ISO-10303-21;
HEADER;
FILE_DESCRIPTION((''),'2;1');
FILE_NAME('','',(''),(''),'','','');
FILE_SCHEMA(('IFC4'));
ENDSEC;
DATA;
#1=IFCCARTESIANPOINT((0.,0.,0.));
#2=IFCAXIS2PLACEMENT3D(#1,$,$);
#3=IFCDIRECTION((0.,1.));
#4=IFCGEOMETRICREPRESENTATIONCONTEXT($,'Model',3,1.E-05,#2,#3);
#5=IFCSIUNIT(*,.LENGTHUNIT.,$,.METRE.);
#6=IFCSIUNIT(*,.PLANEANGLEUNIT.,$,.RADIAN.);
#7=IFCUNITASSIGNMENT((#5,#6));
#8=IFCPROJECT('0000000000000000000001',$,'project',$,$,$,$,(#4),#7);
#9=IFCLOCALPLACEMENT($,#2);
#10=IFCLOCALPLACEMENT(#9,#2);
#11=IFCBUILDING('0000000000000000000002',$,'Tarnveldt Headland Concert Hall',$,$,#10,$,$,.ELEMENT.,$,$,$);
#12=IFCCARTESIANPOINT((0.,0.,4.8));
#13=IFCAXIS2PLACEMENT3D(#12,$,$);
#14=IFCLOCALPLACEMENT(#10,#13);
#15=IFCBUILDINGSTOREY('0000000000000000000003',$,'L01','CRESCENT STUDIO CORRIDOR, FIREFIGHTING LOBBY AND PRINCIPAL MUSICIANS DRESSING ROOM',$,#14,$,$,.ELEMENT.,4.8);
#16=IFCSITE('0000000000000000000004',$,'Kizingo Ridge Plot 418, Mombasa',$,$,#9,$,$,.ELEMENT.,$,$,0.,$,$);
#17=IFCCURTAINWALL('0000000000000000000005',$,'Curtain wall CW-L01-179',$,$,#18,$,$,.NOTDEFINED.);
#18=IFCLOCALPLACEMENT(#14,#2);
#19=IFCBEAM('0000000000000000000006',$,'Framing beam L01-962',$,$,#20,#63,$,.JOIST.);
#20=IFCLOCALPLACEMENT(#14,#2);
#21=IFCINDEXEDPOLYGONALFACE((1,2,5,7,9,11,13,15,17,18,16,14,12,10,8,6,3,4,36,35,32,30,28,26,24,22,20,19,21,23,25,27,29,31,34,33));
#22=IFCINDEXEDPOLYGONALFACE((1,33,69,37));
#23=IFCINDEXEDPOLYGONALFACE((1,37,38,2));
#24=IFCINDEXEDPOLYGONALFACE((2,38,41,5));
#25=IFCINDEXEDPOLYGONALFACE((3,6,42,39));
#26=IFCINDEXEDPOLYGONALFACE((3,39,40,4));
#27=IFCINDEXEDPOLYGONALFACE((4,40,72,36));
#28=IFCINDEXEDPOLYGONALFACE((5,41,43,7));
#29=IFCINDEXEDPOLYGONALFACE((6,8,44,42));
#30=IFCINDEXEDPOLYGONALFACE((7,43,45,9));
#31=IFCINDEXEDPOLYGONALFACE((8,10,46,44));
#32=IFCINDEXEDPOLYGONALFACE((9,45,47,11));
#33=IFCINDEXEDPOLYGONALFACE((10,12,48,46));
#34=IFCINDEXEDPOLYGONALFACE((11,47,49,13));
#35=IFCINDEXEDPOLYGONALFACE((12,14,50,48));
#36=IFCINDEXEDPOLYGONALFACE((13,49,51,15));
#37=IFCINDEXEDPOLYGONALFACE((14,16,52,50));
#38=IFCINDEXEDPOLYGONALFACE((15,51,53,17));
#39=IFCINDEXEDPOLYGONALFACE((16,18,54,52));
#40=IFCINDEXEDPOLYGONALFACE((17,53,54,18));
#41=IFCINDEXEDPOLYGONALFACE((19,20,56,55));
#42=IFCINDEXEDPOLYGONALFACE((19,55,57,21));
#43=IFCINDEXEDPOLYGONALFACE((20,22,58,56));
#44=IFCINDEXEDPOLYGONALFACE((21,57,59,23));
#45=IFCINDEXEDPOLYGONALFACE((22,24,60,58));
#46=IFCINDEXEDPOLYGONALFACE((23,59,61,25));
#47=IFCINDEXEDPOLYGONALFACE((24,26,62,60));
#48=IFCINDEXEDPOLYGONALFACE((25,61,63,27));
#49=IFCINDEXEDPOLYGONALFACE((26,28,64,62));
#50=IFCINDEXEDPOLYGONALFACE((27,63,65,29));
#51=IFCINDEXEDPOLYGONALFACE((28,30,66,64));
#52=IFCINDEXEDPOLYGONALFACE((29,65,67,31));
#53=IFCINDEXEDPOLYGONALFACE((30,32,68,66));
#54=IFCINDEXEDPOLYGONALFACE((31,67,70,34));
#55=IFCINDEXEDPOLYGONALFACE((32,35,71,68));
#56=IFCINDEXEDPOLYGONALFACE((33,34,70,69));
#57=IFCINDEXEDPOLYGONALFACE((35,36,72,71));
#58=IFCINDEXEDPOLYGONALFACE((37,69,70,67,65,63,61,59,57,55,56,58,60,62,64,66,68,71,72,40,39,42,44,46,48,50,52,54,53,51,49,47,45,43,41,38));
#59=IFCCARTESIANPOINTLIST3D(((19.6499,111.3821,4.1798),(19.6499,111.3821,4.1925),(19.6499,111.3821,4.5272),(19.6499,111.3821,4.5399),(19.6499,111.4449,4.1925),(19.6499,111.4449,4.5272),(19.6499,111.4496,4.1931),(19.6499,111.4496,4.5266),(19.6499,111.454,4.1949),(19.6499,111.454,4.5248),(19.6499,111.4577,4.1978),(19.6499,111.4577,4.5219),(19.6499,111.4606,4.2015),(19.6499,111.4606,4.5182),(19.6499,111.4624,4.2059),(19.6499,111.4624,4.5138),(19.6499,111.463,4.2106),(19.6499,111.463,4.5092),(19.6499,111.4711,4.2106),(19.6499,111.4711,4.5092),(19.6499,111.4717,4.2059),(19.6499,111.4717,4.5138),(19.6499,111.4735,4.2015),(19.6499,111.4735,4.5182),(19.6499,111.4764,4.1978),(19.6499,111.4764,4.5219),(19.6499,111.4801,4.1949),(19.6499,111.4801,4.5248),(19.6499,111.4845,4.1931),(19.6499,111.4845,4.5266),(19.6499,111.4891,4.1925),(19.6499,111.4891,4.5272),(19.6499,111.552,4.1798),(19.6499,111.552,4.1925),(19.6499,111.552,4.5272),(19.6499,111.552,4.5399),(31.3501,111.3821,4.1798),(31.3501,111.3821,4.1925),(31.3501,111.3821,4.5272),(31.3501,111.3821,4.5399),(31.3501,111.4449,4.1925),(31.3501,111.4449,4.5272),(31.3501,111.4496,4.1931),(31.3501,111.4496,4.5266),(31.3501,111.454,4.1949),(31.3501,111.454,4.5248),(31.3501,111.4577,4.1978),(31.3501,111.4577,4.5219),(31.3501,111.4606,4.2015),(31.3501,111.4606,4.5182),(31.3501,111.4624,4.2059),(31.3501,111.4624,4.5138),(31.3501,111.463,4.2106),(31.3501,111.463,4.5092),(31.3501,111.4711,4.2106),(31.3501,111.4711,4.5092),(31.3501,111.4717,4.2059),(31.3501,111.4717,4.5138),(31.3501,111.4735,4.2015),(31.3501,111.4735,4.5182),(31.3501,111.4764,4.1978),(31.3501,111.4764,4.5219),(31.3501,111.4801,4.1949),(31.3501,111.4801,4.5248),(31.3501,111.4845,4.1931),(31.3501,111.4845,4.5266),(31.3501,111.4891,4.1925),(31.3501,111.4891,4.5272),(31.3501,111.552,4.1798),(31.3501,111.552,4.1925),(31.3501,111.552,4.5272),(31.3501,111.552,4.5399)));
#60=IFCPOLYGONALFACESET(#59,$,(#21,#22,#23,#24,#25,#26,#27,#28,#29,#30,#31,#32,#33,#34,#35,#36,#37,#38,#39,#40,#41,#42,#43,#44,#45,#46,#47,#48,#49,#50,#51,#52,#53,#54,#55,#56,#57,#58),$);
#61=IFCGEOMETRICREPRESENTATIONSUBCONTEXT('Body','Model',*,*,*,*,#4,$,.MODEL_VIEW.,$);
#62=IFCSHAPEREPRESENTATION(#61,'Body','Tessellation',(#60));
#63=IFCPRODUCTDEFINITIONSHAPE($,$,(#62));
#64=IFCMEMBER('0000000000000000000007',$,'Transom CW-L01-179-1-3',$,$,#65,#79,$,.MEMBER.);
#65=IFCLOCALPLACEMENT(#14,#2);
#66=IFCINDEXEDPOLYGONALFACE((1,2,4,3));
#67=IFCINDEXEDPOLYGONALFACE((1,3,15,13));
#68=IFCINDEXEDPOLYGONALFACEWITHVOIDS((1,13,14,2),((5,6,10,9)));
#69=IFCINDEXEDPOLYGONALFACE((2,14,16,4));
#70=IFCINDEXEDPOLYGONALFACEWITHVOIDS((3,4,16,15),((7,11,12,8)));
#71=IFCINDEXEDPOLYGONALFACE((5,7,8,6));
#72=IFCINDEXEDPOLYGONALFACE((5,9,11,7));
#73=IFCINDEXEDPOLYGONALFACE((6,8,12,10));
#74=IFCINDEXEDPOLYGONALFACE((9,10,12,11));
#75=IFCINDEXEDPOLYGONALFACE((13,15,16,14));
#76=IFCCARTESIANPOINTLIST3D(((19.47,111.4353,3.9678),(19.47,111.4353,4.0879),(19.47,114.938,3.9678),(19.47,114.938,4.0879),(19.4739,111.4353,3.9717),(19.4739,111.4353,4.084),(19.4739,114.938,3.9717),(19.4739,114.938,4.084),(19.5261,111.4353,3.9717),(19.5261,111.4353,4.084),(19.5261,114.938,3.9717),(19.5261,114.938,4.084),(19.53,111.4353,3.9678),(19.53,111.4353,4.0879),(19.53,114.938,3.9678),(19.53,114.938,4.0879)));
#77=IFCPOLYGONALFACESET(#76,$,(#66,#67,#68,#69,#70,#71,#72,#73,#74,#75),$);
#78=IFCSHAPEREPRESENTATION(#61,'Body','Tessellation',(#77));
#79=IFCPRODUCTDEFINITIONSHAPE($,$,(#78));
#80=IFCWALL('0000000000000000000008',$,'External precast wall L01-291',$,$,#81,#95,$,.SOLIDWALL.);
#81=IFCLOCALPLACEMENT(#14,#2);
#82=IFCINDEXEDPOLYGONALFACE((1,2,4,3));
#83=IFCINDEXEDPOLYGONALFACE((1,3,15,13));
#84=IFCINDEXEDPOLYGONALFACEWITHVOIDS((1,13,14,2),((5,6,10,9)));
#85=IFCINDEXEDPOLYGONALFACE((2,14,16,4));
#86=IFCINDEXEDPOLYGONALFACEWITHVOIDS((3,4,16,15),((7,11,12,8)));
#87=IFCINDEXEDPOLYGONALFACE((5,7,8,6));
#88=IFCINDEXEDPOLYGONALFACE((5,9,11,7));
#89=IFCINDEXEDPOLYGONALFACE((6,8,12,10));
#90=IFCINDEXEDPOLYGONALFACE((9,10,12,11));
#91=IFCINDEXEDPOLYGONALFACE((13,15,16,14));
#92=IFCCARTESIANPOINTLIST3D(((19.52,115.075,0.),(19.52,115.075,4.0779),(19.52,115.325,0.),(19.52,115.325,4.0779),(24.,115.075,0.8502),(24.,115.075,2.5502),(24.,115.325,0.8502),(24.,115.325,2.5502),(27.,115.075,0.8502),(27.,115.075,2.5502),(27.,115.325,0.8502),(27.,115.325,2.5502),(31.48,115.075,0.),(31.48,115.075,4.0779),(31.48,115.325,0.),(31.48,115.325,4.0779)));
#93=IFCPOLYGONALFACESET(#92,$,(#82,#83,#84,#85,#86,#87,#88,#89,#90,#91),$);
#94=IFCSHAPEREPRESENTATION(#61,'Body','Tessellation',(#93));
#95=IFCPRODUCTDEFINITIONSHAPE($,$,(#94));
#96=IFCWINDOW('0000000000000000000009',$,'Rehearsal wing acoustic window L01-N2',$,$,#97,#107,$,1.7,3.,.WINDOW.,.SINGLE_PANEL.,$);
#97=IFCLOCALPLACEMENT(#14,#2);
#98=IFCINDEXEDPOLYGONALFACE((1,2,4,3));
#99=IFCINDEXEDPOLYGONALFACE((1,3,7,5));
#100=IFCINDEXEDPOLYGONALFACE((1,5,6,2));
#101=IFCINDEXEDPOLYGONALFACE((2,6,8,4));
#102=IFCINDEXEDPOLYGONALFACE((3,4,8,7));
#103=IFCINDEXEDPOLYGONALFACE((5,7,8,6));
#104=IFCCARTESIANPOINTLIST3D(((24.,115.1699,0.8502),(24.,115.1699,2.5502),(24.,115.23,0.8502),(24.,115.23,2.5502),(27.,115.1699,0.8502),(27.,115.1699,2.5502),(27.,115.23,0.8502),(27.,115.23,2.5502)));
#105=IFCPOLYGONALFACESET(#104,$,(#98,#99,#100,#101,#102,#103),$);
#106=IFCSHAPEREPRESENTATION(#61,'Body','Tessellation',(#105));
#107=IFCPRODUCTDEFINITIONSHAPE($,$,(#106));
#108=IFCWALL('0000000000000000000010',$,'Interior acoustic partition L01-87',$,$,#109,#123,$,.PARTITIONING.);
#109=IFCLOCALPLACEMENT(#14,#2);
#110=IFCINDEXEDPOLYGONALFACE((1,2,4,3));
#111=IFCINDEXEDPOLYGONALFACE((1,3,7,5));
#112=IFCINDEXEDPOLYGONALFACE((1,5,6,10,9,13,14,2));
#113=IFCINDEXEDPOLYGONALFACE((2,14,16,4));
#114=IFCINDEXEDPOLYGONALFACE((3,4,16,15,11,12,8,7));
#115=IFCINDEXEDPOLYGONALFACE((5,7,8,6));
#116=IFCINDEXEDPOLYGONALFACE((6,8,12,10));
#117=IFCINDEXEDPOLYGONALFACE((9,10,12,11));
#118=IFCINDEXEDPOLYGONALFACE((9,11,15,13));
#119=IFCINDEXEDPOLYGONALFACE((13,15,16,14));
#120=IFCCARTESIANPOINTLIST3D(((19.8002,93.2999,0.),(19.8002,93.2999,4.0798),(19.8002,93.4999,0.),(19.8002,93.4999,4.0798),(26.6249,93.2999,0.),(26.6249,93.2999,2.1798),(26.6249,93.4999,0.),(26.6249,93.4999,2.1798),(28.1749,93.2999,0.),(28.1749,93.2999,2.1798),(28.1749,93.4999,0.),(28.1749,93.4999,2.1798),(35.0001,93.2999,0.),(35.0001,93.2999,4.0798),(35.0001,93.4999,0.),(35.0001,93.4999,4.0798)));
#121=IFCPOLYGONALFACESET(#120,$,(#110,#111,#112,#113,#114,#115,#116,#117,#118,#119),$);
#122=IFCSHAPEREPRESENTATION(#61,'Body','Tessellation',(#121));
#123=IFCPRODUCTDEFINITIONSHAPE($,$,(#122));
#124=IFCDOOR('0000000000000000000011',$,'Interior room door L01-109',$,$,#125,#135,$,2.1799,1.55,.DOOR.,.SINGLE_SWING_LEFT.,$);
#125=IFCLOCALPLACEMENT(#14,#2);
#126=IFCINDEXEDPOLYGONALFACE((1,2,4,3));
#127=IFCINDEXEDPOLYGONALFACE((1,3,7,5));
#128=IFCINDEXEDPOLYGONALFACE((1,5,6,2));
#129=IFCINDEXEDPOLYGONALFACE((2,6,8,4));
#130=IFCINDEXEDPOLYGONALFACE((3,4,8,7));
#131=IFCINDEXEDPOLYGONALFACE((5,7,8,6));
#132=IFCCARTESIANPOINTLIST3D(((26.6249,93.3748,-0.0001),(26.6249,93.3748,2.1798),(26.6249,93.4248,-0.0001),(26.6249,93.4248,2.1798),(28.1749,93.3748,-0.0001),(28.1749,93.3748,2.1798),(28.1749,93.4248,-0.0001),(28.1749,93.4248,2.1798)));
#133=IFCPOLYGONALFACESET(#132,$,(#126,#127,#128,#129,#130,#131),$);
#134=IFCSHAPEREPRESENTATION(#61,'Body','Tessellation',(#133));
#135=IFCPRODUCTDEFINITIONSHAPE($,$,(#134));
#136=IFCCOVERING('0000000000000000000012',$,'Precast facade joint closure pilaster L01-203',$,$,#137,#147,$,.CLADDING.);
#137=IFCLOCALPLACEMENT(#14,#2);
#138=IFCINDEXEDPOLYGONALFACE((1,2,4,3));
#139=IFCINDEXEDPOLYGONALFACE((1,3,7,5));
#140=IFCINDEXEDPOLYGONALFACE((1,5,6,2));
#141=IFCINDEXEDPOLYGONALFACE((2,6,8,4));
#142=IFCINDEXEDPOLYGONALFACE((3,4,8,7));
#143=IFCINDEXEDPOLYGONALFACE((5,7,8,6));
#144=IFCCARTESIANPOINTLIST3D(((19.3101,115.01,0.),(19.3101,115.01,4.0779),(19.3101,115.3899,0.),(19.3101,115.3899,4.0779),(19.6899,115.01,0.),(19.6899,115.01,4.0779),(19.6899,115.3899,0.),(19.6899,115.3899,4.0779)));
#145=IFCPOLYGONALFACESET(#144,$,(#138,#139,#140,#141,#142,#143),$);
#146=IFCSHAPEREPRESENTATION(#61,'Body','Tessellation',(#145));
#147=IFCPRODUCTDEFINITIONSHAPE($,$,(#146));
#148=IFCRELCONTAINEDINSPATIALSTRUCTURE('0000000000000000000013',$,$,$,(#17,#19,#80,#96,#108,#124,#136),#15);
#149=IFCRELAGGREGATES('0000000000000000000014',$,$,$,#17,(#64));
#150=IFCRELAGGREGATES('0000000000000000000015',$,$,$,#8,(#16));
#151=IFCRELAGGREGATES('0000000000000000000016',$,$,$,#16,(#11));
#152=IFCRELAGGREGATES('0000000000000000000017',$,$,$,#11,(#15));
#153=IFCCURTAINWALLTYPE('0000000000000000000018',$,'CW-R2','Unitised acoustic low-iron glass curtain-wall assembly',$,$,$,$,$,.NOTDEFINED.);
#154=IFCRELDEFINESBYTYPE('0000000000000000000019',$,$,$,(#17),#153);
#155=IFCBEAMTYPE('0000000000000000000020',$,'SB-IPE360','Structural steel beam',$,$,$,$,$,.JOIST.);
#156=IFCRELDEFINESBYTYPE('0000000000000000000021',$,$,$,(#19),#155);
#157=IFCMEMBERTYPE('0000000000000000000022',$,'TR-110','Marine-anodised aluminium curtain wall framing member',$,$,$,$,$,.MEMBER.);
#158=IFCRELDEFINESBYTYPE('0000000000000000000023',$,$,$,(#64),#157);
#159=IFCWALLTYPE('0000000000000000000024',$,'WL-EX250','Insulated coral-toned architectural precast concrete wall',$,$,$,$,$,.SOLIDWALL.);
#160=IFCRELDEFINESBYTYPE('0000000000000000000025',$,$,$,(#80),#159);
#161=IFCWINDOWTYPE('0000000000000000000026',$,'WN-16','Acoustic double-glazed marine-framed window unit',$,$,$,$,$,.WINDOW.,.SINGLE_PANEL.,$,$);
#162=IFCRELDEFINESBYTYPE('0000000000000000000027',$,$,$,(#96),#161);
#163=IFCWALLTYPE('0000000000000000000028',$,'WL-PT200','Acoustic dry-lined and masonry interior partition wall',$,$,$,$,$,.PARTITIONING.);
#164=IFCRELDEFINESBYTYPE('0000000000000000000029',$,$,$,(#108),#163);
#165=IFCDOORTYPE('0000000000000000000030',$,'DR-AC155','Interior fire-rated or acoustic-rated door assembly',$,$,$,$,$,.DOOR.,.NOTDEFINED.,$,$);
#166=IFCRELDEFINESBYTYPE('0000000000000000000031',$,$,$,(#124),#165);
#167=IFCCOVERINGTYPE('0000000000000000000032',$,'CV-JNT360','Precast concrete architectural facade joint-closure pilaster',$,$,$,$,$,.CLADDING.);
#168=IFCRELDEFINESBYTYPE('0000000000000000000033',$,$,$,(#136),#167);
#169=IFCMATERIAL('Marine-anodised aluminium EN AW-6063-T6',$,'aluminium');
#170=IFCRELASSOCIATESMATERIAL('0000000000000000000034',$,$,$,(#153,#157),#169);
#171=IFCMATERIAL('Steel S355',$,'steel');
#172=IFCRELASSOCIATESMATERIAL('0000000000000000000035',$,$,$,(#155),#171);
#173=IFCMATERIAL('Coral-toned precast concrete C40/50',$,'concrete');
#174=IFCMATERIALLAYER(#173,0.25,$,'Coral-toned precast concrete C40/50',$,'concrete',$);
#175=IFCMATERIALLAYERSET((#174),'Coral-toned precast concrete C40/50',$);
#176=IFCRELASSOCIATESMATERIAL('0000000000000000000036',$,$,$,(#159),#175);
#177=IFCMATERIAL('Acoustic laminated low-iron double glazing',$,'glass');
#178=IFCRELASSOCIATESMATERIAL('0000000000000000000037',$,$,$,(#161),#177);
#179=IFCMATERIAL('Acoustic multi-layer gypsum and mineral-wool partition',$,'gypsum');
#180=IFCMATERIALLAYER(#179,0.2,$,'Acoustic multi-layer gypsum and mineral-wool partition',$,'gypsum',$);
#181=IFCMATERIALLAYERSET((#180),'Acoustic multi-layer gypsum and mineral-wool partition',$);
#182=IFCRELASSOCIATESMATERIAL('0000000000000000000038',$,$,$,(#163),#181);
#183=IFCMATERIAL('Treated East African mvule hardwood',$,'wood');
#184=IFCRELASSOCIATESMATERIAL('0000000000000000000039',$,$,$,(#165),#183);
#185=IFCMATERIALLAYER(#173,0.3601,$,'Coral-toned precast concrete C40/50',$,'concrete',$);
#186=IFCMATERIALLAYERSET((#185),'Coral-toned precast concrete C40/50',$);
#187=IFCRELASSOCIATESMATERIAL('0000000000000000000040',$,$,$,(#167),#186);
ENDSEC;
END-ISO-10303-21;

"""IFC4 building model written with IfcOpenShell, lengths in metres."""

from ifc_helpers import new_model, si_unit, direction, frame, frame_2d, origin, origin_2d, place, context, subcontext, project, spatial, rectangle, hollow_rectangle, i_section, extrude, material, layer, layer_set, material_profile, profile_set, type_object, element, fill, aggregate, save


model = new_model("IFC4")

# Units and contexts
model_context = context("Model", 3, precision=1e-05, world=origin(), true_north=direction((0.0, 1.0)))
body_context = subcontext(model_context, "Body", "Model", "MODEL_VIEW")
ifc_project = project(units=[si_unit("LENGTHUNIT", "METRE"), si_unit("PLANEANGLEUNIT", "RADIAN")], contexts=[model_context])

# Site, building, storey
site_placement = place(None, origin())
site = spatial("IfcSite", under=ifc_project, at=site_placement, Name="Kizingo Ridge Plot 418, Mombasa", CompositionType="ELEMENT", RefElevation=0.0)
building_placement = place(site_placement, origin())
building = spatial("IfcBuilding", under=site, at=building_placement, Name="Tarnveldt Headland Concert Hall", CompositionType="ELEMENT")
storey_placement = place(building_placement, frame((0.0, 0.0, 4.8)))
storey = spatial("IfcBuildingStorey", under=building, at=storey_placement, Name="L01", Description="CRESCENT STUDIO CORRIDOR, FIREFIGHTING LOBBY AND PRINCIPAL MUSICIANS DRESSING ROOM", CompositionType="ELEMENT", Elevation=4.8)

# Shared definitions
ifc_material_1 = material(Name="Steel S355", Category="steel")

# Curtain wall
ifc_material_2 = material(Name="Marine-anodised aluminium EN AW-6063-T6", Category="aluminium")
curtain_wall_type = type_object("IfcCurtainWallType", Name="CW-R2", Description="Unitised acoustic low-iron glass curtain-wall assembly", PredefinedType="NOTDEFINED", material=ifc_material_2)
curtain_wall_placement = place(storey_placement, origin())
curtain_wall = element("IfcCurtainWall", 1, at=curtain_wall_placement, inside=storey, type_object=curtain_wall_type, Name="Curtain wall CW-L01-179", PredefinedType="NOTDEFINED")

# Beam
ifc_material_profile_1 = material_profile(ifc_material_1, i_section(OverallWidth=0.1699, OverallDepth=0.3601, WebThickness=0.0081, FlangeThickness=0.0127, FilletRadius=0.0181, at=origin_2d()), Name="IPE360", Category="steel")
ifc_profile_set_1 = profile_set([ifc_material_profile_1], Name="Steel S355")
beam_type_1 = type_object("IfcBeamType", Name="SB-IPE360", Description="Structural steel beam", PredefinedType="JOIST", material=ifc_profile_set_1)
for number, where, z_axis, x_axis, name in (
    (2, (19.6499, 111.467, 4.3599), (1.0, 0.0, 0.0), (0.0, 1.0, 0.0), "Framing beam L01-962"),
):
    element("IfcBeam", number, at=place(storey_placement, frame(where, z_axis=z_axis, x_axis=x_axis)), inside=storey, type_object=beam_type_1, Name=name, PredefinedType="JOIST", context=body_context, shape_type="SweptSolid", body=[
        extrude(i_section(OverallWidth=0.1699, OverallDepth=0.3601, WebThickness=0.0081, FlangeThickness=0.0127, FilletRadius=0.0181, at=origin_2d()), origin(), (0.0, 0.0, 1.0), 11.7002),
    ])

# Member
ifc_material_profile_2 = material_profile(ifc_material_2, hollow_rectangle(XDim=0.0601, YDim=0.1201, WallThickness=0.0039, at=origin_2d()), Name="ALU TRANSOM 60x120x4", Category="aluminium")
ifc_profile_set_2 = profile_set([ifc_material_profile_2], Name="Marine-anodised aluminium EN AW-6063-T6")
member_type_1 = type_object("IfcMemberType", Name="TR-110", Description="Marine-anodised aluminium curtain wall framing member", PredefinedType="MEMBER", material=ifc_profile_set_2)
member_1_placement = place(storey_placement, frame((19.5, 114.938, 4.0278), z_axis=(0.0, -1.0, 0.0), x_axis=(1.0, 0.0, 0.0)))
member_1 = element("IfcMember", 3, at=member_1_placement, type_object=member_type_1, Name="Transom CW-L01-179-1-3", PredefinedType="MEMBER", context=body_context, shape_type="SweptSolid", body=[
    extrude(hollow_rectangle(XDim=0.0601, YDim=0.1201, WallThickness=0.0039, at=origin_2d()), origin(), (0.0, 0.0, 1.0), 3.5027),
])
aggregate(curtain_wall, [member_1])

# Wall, opening, window
ifc_material_3 = material(Name="Coral-toned precast concrete C40/50", Category="concrete")
ifc_layer_1 = layer(ifc_material_3, 0.25, Name="Coral-toned precast concrete C40/50", Category="concrete")
ifc_layer_set_1 = layer_set([ifc_layer_1], Name="Coral-toned precast concrete C40/50")
wall_type_1 = type_object("IfcWallType", Name="WL-EX250", Description="Insulated coral-toned architectural precast concrete wall", PredefinedType="SOLIDWALL", material=ifc_layer_set_1)
wall_1_placement = place(storey_placement, frame((19.52, 115.2, 0.0), z_axis=(0.0, 0.0, 1.0), x_axis=(1.0, 0.0, 0.0)))
wall_1 = element("IfcWall", 4, at=wall_1_placement, inside=storey, type_object=wall_type_1, Name="External precast wall L01-291", PredefinedType="SOLIDWALL", context=body_context, shape_type="SweptSolid", body=[
    extrude(rectangle(XDim=11.96, YDim=0.25, at=frame_2d((5.98, 0.0))), origin(), (0.0, 0.0, 1.0), 4.0779),
])
opening_1_placement = place(wall_1_placement, frame((4.48, 0.0, 0.8501)))
opening_1 = element("IfcOpeningElement", 5, at=opening_1_placement, cuts=wall_1, PredefinedType="OPENING", context=body_context, shape_type="SweptSolid", body=[
    extrude(rectangle(XDim=3.0, YDim=1.7, at=frame_2d((1.5, 0.8501))), frame((0.0, 0.135, 0.0), z_axis=(0.0, -1.0, 0.0), x_axis=(1.0, 0.0, 0.0)), (0.0, 0.0, 1.0), 0.27),
])
ifc_material_4 = material(Name="Acoustic laminated low-iron double glazing", Category="glass")
window_type = type_object("IfcWindowType", Name="WN-16", Description="Acoustic double-glazed marine-framed window unit", PartitioningType="SINGLE_PANEL", PredefinedType="WINDOW", material=ifc_material_4)
window_placement = place(opening_1_placement, origin())
window = element("IfcWindow", 6, at=window_placement, inside=storey, type_object=window_type, Name="Rehearsal wing acoustic window L01-N2", OverallHeight=1.7, OverallWidth=3.0, PartitioningType="SINGLE_PANEL", PredefinedType="WINDOW", context=body_context, shape_type="SweptSolid", body=[
    extrude(rectangle(XDim=3.0, YDim=1.7, at=frame_2d((1.5, 0.8501))), frame((0.0, 0.03, 0.0), z_axis=(0.0, -1.0, 0.0), x_axis=(1.0, 0.0, 0.0)), (0.0, 0.0, 1.0), 0.0601),
])
fill(opening_1, window)

# Wall, opening, door
ifc_material_5 = material(Name="Acoustic multi-layer gypsum and mineral-wool partition", Category="gypsum")
ifc_layer_2 = layer(ifc_material_5, 0.2, Name="Acoustic multi-layer gypsum and mineral-wool partition", Category="gypsum")
ifc_layer_set_2 = layer_set([ifc_layer_2], Name="Acoustic multi-layer gypsum and mineral-wool partition")
wall_type_2 = type_object("IfcWallType", Name="WL-PT200", Description="Acoustic dry-lined and masonry interior partition wall", PredefinedType="PARTITIONING", material=ifc_layer_set_2)
wall_2_placement = place(storey_placement, frame((19.8, 93.3999, 0.0), z_axis=(0.0, 0.0, 1.0), x_axis=(1.0, 0.0, 0.0)))
wall_2 = element("IfcWall", 7, at=wall_2_placement, inside=storey, type_object=wall_type_2, Name="Interior acoustic partition L01-87", PredefinedType="PARTITIONING", context=body_context, shape_type="SweptSolid", body=[
    extrude(rectangle(XDim=15.2, YDim=0.2, at=frame_2d((7.6001, 0.0))), origin(), (0.0, 0.0, 1.0), 4.0798),
])
opening_2_placement = place(wall_2_placement, frame((6.825, 0.0, 0.0)))
opening_2 = element("IfcOpeningElement", 8, at=opening_2_placement, cuts=wall_2, PredefinedType="OPENING", context=body_context, shape_type="SweptSolid", body=[
    extrude(rectangle(XDim=1.55, YDim=2.1799, at=frame_2d((0.7749, 1.0898))), frame((0.0, 0.1099, 0.0), z_axis=(0.0, -1.0, 0.0), x_axis=(1.0, 0.0, 0.0)), (0.0, 0.0, 1.0), 0.22),
])
ifc_material_6 = material(Name="Treated East African mvule hardwood", Category="wood")
door_type = type_object("IfcDoorType", Name="DR-AC155", Description="Interior fire-rated or acoustic-rated door assembly", OperationType="NOTDEFINED", PredefinedType="DOOR", material=ifc_material_6)
door_placement = place(opening_2_placement, origin())
door = element("IfcDoor", 9, at=door_placement, inside=storey, type_object=door_type, Name="Interior room door L01-109", OperationType="SINGLE_SWING_LEFT", OverallHeight=2.1799, OverallWidth=1.55, PredefinedType="DOOR", context=body_context, shape_type="SweptSolid", body=[
    extrude(rectangle(XDim=1.55, YDim=2.1799, at=frame_2d((0.7749, 1.0898))), frame((0.0, 0.0249, 0.0), z_axis=(0.0, -1.0, 0.0), x_axis=(1.0, 0.0, 0.0)), (0.0, 0.0, 1.0), 0.05),
])
fill(opening_2, door)

# Covering
ifc_layer_3 = layer(ifc_material_3, 0.3601, Name="Coral-toned precast concrete C40/50", Category="concrete")
ifc_layer_set_3 = layer_set([ifc_layer_3], Name="Coral-toned precast concrete C40/50")
covering_type = type_object("IfcCoveringType", Name="CV-JNT360", Description="Precast concrete architectural facade joint-closure pilaster", PredefinedType="CLADDING", material=ifc_layer_set_3)
covering_placement = place(storey_placement, frame((19.5, 115.2, 0.0), z_axis=(0.0, 0.0, 1.0), x_axis=(1.0, 0.0, 0.0)))
element("IfcCovering", 10, at=covering_placement, inside=storey, type_object=covering_type, Name="Precast facade joint closure pilaster L01-203", PredefinedType="CLADDING", context=body_context, shape_type="SweptSolid", body=[
    extrude(rectangle(XDim=0.3799, YDim=0.3799, at=origin_2d()), origin(), (0.0, 0.0, 1.0), 4.0779),
])

save(model, "model.ifc")
